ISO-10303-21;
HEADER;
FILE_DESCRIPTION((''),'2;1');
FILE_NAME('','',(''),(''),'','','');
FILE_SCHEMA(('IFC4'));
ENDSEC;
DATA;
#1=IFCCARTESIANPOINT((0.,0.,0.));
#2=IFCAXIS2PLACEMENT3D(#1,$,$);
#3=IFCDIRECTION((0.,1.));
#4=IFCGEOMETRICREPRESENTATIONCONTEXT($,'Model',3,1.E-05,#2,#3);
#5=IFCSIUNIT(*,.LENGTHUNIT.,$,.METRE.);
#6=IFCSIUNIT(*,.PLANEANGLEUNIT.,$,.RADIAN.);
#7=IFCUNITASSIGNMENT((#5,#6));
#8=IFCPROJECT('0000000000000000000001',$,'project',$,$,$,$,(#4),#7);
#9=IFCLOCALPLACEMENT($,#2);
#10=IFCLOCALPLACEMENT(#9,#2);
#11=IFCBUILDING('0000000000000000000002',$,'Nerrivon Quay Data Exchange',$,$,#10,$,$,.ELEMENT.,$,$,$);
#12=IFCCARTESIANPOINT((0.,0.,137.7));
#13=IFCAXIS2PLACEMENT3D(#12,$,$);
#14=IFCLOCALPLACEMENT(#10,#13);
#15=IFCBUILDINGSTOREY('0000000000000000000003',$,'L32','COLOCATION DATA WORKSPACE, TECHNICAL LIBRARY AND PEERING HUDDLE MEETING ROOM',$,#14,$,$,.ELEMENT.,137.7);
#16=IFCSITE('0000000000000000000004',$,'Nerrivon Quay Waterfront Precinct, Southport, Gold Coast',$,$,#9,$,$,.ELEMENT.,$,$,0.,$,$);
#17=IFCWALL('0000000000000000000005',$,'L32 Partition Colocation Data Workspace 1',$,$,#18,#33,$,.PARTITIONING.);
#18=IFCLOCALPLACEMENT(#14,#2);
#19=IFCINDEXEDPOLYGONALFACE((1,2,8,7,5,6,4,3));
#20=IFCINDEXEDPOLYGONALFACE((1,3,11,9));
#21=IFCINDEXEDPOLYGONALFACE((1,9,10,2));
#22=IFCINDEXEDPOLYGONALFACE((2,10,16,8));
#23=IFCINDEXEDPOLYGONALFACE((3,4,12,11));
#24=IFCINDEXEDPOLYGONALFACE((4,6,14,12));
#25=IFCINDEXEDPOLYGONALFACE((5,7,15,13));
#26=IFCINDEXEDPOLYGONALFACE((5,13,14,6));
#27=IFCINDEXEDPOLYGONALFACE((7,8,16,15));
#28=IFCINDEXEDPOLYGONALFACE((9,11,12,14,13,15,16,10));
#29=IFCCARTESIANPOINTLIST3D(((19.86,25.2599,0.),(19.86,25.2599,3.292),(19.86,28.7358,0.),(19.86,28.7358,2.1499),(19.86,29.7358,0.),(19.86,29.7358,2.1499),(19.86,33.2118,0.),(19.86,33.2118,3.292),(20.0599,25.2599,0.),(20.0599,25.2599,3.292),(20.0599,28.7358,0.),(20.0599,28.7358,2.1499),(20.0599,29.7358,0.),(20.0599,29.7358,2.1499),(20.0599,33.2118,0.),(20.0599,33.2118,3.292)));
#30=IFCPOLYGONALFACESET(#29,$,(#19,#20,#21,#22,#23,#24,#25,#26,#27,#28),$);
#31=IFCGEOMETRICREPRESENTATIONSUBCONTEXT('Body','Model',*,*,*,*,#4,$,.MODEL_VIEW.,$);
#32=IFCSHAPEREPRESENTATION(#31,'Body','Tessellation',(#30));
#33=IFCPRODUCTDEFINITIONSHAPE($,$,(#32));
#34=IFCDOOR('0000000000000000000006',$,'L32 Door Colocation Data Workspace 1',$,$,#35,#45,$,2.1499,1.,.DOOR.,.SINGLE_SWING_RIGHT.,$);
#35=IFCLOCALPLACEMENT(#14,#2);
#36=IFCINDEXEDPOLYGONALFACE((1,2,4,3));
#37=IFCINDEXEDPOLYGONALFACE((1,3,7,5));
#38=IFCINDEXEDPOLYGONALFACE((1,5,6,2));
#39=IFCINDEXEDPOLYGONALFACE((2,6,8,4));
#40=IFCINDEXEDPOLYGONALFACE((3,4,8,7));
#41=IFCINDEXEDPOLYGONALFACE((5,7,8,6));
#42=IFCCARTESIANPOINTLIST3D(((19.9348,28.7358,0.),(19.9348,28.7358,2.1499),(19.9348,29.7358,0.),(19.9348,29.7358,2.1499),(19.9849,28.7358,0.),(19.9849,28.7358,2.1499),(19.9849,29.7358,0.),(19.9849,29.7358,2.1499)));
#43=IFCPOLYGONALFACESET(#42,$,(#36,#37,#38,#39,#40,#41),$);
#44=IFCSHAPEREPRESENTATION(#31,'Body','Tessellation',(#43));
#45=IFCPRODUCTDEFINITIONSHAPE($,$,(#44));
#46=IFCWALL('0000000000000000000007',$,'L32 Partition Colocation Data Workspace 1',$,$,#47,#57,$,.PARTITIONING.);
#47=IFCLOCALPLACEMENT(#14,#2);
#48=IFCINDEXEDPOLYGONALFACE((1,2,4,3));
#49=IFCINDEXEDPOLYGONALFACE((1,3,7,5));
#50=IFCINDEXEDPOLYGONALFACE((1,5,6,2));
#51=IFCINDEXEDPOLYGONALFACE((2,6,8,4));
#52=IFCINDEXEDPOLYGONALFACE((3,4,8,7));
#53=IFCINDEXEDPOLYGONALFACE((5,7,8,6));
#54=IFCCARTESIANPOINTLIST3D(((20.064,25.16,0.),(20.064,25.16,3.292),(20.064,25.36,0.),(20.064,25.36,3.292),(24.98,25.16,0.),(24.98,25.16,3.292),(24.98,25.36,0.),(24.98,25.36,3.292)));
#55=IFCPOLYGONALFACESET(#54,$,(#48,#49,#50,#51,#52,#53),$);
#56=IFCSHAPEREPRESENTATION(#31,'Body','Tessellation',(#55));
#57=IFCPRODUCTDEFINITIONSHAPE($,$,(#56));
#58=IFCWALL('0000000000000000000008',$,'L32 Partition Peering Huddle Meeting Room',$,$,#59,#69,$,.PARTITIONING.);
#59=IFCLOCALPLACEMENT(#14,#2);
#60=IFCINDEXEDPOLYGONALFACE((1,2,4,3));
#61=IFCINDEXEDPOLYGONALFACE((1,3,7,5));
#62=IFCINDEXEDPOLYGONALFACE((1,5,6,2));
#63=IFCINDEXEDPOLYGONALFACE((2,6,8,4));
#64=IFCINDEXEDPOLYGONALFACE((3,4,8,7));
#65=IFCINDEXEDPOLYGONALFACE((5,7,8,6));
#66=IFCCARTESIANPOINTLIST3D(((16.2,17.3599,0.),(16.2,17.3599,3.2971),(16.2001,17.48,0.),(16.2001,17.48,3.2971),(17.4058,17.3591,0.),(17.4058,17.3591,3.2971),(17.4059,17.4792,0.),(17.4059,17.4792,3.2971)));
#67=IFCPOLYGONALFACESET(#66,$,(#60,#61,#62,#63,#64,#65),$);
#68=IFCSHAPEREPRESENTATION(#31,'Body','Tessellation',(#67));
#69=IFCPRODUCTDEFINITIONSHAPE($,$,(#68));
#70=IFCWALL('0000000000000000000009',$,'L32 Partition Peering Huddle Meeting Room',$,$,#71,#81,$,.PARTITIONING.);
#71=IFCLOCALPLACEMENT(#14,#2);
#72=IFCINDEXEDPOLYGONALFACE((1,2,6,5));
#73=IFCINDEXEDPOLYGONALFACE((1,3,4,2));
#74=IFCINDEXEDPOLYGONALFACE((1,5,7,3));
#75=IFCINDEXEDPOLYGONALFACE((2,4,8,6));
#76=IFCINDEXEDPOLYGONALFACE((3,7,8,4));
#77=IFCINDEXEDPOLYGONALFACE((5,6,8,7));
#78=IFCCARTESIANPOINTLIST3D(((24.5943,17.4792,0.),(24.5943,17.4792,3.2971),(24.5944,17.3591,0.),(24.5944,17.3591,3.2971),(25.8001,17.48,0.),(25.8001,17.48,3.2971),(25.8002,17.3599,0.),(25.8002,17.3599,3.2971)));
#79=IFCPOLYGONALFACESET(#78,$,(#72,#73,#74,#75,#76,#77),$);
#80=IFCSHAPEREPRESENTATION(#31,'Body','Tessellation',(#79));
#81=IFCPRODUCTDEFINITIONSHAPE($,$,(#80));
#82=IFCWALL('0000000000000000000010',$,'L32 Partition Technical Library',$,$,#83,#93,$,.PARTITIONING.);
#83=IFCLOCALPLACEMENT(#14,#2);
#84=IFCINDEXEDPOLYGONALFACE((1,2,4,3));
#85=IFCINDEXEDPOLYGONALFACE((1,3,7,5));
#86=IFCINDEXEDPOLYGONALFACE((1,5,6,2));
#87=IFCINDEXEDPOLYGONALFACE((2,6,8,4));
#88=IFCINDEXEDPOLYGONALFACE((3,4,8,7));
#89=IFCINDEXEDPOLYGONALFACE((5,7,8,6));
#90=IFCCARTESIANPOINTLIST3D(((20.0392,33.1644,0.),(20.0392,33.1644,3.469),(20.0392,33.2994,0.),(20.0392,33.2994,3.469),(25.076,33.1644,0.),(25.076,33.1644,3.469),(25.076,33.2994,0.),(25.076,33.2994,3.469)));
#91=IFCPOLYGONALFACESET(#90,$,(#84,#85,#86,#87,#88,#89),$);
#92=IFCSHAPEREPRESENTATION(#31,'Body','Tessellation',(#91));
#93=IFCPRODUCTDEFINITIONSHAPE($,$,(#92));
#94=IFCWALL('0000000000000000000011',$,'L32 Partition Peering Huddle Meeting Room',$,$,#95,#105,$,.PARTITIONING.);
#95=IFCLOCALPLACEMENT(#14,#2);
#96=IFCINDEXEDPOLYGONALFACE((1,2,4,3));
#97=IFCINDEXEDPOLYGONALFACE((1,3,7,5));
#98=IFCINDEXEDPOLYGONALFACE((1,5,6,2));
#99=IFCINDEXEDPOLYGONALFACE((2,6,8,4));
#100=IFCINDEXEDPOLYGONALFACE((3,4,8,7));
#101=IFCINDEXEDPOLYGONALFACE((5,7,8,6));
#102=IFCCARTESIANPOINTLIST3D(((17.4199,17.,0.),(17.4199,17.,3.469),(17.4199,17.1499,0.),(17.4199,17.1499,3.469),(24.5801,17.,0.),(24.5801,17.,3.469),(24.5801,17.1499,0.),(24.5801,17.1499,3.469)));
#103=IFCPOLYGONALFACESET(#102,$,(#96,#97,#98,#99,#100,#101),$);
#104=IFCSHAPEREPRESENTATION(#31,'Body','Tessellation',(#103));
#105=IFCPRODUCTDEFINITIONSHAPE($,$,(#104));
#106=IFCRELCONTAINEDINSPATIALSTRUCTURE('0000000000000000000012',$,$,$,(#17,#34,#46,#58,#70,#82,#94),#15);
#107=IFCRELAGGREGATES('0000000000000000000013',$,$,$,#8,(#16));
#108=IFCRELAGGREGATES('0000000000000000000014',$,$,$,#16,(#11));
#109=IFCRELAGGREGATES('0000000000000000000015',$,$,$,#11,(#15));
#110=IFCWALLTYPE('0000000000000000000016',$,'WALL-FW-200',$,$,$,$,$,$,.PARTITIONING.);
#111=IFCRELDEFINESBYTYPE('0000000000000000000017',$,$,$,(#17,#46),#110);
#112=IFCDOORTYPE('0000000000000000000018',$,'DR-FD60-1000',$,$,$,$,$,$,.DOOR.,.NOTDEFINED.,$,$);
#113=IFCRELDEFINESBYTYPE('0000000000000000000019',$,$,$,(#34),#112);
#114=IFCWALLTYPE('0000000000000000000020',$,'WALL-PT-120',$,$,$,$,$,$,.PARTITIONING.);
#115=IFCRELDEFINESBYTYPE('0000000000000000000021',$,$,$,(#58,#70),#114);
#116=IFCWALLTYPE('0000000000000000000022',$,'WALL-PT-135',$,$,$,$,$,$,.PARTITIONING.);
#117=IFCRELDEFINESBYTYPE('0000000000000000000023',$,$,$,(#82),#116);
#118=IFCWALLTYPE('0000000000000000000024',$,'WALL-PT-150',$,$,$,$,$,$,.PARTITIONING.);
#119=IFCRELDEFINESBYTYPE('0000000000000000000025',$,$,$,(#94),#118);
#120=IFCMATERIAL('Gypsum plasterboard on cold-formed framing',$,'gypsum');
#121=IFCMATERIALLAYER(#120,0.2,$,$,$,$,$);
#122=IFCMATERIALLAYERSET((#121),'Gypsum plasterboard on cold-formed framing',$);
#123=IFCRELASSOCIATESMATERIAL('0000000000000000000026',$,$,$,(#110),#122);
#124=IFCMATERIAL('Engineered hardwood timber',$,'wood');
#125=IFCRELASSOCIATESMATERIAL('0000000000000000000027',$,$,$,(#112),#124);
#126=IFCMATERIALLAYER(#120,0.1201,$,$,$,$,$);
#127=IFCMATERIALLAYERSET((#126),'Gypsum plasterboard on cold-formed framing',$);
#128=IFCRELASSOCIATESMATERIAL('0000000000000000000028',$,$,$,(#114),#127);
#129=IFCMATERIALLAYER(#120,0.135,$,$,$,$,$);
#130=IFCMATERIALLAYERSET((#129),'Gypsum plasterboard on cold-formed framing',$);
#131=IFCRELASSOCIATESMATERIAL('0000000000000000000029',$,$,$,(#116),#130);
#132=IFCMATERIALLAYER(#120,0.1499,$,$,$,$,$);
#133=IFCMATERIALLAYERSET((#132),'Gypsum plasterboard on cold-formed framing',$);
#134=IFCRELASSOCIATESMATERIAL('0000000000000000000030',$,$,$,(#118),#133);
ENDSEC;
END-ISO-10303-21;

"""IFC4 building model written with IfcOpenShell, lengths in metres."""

from ifc_helpers import new_model, si_unit, direction, frame, frame_2d, origin, place, context, subcontext, project, spatial, rectangle, extrude, material, layer, layer_set, type_object, element, fill, save


model = new_model("IFC4")

# Units and contexts
model_context = context("Model", 3, precision=1e-05, world=origin(), true_north=direction((0.0, 1.0)))
body_context = subcontext(model_context, "Body", "Model", "MODEL_VIEW")
ifc_project = project(units=[si_unit("LENGTHUNIT", "METRE"), si_unit("PLANEANGLEUNIT", "RADIAN")], contexts=[model_context])

# Site, building, storey
site_placement = place(None, origin())
site = spatial("IfcSite", under=ifc_project, at=site_placement, Name="Nerrivon Quay Waterfront Precinct, Southport, Gold Coast", CompositionType="ELEMENT", RefElevation=0.0)
building_placement = place(site_placement, origin())
building = spatial("IfcBuilding", under=site, at=building_placement, Name="Nerrivon Quay Data Exchange", CompositionType="ELEMENT")
storey_placement = place(building_placement, frame((0.0, 0.0, 137.7)))
storey = spatial("IfcBuildingStorey", under=building, at=storey_placement, Name="L32", Description="COLOCATION DATA WORKSPACE, TECHNICAL LIBRARY AND PEERING HUDDLE MEETING ROOM", CompositionType="ELEMENT", Elevation=137.7)

# Shared definitions
ifc_material_1 = material(Name="Gypsum plasterboard on cold-formed framing", Category="gypsum")
ifc_layer_1 = layer(ifc_material_1, 0.2)
ifc_layer_set_1 = layer_set([ifc_layer_1], Name="Gypsum plasterboard on cold-formed framing")
wall_type_1 = type_object("IfcWallType", Name="WALL-FW-200", PredefinedType="PARTITIONING", material=ifc_layer_set_1)

# Wall, opening, door
wall_1_placement = place(storey_placement, frame((19.96, 33.2119, 0.0), z_axis=(0.0, 0.0, 1.0), x_axis=(0.0, -1.0, 0.0)))
wall_1 = element("IfcWall", 1, at=wall_1_placement, inside=storey, type_object=wall_type_1, Name="L32 Partition Colocation Data Workspace 1", PredefinedType="PARTITIONING", context=body_context, shape_type="SweptSolid", body=[
    extrude(rectangle(XDim=7.9519, YDim=0.2, at=frame_2d((3.9761, 0.0))), origin(), (0.0, 0.0, 1.0), 3.292),
])
opening_1_placement = place(wall_1_placement, frame((3.4761, 0.0, 0.0)))
opening_1 = element("IfcOpeningElement", 2, at=opening_1_placement, cuts=wall_1, PredefinedType="OPENING", context=body_context, shape_type="SweptSolid", body=[
    extrude(rectangle(XDim=1.0, YDim=2.1499, at=frame_2d((0.5, 1.075))), frame((0.0, 0.1099, 0.0), z_axis=(0.0, -1.0, 0.0), x_axis=(1.0, 0.0, 0.0)), (0.0, 0.0, 1.0), 0.22),
])
ifc_material_2 = material(Name="Engineered hardwood timber", Category="wood")
door_type_1 = type_object("IfcDoorType", Name="DR-FD60-1000", OperationType="NOTDEFINED", PredefinedType="DOOR", material=ifc_material_2)
door_1_placement = place(opening_1_placement, origin())
door_1 = element("IfcDoor", 3, at=door_1_placement, inside=storey, type_object=door_type_1, Name="L32 Door Colocation Data Workspace 1", OperationType="SINGLE_SWING_RIGHT", OverallHeight=2.1499, OverallWidth=1.0, PredefinedType="DOOR", context=body_context, shape_type="SweptSolid", body=[
    extrude(rectangle(XDim=1.0, YDim=2.1499, at=frame_2d((0.5, 1.075))), frame((0.0, 0.0249, 0.0), z_axis=(0.0, -1.0, 0.0), x_axis=(1.0, 0.0, 0.0)), (0.0, 0.0, 1.0), 0.05),
])
fill(opening_1, door_1)

# Walls
wall_2_placement = place(storey_placement, frame((20.064, 25.26, 0.0), z_axis=(0.0, 0.0, 1.0), x_axis=(1.0, 0.0, 0.0)))
element("IfcWall", 4, at=wall_2_placement, inside=storey, type_object=wall_type_1, Name="L32 Partition Colocation Data Workspace 1", PredefinedType="PARTITIONING", context=body_context, shape_type="SweptSolid", body=[
    extrude(rectangle(XDim=4.916, YDim=0.2, at=frame_2d((2.458, 0.0))), origin(), (0.0, 0.0, 1.0), 3.292),
])
ifc_layer_2 = layer(ifc_material_1, 0.1201)
ifc_layer_set_2 = layer_set([ifc_layer_2], Name="Gypsum plasterboard on cold-formed framing")
wall_type_2 = type_object("IfcWallType", Name="WALL-PT-120", PredefinedType="PARTITIONING", material=ifc_layer_set_2)
for number, where, z_axis, x_axis, name in (
    (5, (16.2, 17.4199, 0.0), (0.0, 0.0, 1.0), (1.0, -0.000607, 0.0), "L32 Partition Peering Huddle Meeting Room"),
    (6, (24.5942, 17.4192, 0.0), (0.0, 0.0, 1.0), (1.0, 0.000607, 0.0), "L32 Partition Peering Huddle Meeting Room"),
):
    element("IfcWall", number, at=place(storey_placement, frame(where, z_axis=z_axis, x_axis=x_axis)), inside=storey, type_object=wall_type_2, Name=name, PredefinedType="PARTITIONING", context=body_context, shape_type="SweptSolid", body=[
        extrude(rectangle(XDim=1.2058, YDim=0.1201, at=frame_2d((0.603, 0.0))), origin(), (0.0, 0.0, 1.0), 3.2971),
    ])
ifc_layer_3 = layer(ifc_material_1, 0.135)
ifc_layer_set_3 = layer_set([ifc_layer_3], Name="Gypsum plasterboard on cold-formed framing")
wall_type_3 = type_object("IfcWallType", Name="WALL-PT-135", PredefinedType="PARTITIONING", material=ifc_layer_set_3)
wall_3_placement = place(storey_placement, frame((20.0391, 33.2319, 0.0), z_axis=(0.0, 0.0, 1.0), x_axis=(1.0, 0.0, 0.0)))
element("IfcWall", 7, at=wall_3_placement, inside=storey, type_object=wall_type_3, Name="L32 Partition Technical Library", PredefinedType="PARTITIONING", context=body_context, shape_type="SweptSolid", body=[
    extrude(rectangle(XDim=5.0369, YDim=0.135, at=frame_2d((2.5186, 0.0))), origin(), (0.0, 0.0, 1.0), 3.469),
])
ifc_layer_4 = layer(ifc_material_1, 0.1499)
ifc_layer_set_4 = layer_set([ifc_layer_4], Name="Gypsum plasterboard on cold-formed framing")
wall_type_4 = type_object("IfcWallType", Name="WALL-PT-150", PredefinedType="PARTITIONING", material=ifc_layer_set_4)
wall_4_placement = place(storey_placement, frame((17.4199, 17.075, 0.0), z_axis=(0.0, 0.0, 1.0), x_axis=(1.0, 0.0, 0.0)))
element("IfcWall", 8, at=wall_4_placement, inside=storey, type_object=wall_type_4, Name="L32 Partition Peering Huddle Meeting Room", PredefinedType="PARTITIONING", context=body_context, shape_type="SweptSolid", body=[
    extrude(rectangle(XDim=7.1602, YDim=0.1499, at=frame_2d((3.5801, 0.0))), origin(), (0.0, 0.0, 1.0), 3.469),
])

save(model, "model.ifc")
